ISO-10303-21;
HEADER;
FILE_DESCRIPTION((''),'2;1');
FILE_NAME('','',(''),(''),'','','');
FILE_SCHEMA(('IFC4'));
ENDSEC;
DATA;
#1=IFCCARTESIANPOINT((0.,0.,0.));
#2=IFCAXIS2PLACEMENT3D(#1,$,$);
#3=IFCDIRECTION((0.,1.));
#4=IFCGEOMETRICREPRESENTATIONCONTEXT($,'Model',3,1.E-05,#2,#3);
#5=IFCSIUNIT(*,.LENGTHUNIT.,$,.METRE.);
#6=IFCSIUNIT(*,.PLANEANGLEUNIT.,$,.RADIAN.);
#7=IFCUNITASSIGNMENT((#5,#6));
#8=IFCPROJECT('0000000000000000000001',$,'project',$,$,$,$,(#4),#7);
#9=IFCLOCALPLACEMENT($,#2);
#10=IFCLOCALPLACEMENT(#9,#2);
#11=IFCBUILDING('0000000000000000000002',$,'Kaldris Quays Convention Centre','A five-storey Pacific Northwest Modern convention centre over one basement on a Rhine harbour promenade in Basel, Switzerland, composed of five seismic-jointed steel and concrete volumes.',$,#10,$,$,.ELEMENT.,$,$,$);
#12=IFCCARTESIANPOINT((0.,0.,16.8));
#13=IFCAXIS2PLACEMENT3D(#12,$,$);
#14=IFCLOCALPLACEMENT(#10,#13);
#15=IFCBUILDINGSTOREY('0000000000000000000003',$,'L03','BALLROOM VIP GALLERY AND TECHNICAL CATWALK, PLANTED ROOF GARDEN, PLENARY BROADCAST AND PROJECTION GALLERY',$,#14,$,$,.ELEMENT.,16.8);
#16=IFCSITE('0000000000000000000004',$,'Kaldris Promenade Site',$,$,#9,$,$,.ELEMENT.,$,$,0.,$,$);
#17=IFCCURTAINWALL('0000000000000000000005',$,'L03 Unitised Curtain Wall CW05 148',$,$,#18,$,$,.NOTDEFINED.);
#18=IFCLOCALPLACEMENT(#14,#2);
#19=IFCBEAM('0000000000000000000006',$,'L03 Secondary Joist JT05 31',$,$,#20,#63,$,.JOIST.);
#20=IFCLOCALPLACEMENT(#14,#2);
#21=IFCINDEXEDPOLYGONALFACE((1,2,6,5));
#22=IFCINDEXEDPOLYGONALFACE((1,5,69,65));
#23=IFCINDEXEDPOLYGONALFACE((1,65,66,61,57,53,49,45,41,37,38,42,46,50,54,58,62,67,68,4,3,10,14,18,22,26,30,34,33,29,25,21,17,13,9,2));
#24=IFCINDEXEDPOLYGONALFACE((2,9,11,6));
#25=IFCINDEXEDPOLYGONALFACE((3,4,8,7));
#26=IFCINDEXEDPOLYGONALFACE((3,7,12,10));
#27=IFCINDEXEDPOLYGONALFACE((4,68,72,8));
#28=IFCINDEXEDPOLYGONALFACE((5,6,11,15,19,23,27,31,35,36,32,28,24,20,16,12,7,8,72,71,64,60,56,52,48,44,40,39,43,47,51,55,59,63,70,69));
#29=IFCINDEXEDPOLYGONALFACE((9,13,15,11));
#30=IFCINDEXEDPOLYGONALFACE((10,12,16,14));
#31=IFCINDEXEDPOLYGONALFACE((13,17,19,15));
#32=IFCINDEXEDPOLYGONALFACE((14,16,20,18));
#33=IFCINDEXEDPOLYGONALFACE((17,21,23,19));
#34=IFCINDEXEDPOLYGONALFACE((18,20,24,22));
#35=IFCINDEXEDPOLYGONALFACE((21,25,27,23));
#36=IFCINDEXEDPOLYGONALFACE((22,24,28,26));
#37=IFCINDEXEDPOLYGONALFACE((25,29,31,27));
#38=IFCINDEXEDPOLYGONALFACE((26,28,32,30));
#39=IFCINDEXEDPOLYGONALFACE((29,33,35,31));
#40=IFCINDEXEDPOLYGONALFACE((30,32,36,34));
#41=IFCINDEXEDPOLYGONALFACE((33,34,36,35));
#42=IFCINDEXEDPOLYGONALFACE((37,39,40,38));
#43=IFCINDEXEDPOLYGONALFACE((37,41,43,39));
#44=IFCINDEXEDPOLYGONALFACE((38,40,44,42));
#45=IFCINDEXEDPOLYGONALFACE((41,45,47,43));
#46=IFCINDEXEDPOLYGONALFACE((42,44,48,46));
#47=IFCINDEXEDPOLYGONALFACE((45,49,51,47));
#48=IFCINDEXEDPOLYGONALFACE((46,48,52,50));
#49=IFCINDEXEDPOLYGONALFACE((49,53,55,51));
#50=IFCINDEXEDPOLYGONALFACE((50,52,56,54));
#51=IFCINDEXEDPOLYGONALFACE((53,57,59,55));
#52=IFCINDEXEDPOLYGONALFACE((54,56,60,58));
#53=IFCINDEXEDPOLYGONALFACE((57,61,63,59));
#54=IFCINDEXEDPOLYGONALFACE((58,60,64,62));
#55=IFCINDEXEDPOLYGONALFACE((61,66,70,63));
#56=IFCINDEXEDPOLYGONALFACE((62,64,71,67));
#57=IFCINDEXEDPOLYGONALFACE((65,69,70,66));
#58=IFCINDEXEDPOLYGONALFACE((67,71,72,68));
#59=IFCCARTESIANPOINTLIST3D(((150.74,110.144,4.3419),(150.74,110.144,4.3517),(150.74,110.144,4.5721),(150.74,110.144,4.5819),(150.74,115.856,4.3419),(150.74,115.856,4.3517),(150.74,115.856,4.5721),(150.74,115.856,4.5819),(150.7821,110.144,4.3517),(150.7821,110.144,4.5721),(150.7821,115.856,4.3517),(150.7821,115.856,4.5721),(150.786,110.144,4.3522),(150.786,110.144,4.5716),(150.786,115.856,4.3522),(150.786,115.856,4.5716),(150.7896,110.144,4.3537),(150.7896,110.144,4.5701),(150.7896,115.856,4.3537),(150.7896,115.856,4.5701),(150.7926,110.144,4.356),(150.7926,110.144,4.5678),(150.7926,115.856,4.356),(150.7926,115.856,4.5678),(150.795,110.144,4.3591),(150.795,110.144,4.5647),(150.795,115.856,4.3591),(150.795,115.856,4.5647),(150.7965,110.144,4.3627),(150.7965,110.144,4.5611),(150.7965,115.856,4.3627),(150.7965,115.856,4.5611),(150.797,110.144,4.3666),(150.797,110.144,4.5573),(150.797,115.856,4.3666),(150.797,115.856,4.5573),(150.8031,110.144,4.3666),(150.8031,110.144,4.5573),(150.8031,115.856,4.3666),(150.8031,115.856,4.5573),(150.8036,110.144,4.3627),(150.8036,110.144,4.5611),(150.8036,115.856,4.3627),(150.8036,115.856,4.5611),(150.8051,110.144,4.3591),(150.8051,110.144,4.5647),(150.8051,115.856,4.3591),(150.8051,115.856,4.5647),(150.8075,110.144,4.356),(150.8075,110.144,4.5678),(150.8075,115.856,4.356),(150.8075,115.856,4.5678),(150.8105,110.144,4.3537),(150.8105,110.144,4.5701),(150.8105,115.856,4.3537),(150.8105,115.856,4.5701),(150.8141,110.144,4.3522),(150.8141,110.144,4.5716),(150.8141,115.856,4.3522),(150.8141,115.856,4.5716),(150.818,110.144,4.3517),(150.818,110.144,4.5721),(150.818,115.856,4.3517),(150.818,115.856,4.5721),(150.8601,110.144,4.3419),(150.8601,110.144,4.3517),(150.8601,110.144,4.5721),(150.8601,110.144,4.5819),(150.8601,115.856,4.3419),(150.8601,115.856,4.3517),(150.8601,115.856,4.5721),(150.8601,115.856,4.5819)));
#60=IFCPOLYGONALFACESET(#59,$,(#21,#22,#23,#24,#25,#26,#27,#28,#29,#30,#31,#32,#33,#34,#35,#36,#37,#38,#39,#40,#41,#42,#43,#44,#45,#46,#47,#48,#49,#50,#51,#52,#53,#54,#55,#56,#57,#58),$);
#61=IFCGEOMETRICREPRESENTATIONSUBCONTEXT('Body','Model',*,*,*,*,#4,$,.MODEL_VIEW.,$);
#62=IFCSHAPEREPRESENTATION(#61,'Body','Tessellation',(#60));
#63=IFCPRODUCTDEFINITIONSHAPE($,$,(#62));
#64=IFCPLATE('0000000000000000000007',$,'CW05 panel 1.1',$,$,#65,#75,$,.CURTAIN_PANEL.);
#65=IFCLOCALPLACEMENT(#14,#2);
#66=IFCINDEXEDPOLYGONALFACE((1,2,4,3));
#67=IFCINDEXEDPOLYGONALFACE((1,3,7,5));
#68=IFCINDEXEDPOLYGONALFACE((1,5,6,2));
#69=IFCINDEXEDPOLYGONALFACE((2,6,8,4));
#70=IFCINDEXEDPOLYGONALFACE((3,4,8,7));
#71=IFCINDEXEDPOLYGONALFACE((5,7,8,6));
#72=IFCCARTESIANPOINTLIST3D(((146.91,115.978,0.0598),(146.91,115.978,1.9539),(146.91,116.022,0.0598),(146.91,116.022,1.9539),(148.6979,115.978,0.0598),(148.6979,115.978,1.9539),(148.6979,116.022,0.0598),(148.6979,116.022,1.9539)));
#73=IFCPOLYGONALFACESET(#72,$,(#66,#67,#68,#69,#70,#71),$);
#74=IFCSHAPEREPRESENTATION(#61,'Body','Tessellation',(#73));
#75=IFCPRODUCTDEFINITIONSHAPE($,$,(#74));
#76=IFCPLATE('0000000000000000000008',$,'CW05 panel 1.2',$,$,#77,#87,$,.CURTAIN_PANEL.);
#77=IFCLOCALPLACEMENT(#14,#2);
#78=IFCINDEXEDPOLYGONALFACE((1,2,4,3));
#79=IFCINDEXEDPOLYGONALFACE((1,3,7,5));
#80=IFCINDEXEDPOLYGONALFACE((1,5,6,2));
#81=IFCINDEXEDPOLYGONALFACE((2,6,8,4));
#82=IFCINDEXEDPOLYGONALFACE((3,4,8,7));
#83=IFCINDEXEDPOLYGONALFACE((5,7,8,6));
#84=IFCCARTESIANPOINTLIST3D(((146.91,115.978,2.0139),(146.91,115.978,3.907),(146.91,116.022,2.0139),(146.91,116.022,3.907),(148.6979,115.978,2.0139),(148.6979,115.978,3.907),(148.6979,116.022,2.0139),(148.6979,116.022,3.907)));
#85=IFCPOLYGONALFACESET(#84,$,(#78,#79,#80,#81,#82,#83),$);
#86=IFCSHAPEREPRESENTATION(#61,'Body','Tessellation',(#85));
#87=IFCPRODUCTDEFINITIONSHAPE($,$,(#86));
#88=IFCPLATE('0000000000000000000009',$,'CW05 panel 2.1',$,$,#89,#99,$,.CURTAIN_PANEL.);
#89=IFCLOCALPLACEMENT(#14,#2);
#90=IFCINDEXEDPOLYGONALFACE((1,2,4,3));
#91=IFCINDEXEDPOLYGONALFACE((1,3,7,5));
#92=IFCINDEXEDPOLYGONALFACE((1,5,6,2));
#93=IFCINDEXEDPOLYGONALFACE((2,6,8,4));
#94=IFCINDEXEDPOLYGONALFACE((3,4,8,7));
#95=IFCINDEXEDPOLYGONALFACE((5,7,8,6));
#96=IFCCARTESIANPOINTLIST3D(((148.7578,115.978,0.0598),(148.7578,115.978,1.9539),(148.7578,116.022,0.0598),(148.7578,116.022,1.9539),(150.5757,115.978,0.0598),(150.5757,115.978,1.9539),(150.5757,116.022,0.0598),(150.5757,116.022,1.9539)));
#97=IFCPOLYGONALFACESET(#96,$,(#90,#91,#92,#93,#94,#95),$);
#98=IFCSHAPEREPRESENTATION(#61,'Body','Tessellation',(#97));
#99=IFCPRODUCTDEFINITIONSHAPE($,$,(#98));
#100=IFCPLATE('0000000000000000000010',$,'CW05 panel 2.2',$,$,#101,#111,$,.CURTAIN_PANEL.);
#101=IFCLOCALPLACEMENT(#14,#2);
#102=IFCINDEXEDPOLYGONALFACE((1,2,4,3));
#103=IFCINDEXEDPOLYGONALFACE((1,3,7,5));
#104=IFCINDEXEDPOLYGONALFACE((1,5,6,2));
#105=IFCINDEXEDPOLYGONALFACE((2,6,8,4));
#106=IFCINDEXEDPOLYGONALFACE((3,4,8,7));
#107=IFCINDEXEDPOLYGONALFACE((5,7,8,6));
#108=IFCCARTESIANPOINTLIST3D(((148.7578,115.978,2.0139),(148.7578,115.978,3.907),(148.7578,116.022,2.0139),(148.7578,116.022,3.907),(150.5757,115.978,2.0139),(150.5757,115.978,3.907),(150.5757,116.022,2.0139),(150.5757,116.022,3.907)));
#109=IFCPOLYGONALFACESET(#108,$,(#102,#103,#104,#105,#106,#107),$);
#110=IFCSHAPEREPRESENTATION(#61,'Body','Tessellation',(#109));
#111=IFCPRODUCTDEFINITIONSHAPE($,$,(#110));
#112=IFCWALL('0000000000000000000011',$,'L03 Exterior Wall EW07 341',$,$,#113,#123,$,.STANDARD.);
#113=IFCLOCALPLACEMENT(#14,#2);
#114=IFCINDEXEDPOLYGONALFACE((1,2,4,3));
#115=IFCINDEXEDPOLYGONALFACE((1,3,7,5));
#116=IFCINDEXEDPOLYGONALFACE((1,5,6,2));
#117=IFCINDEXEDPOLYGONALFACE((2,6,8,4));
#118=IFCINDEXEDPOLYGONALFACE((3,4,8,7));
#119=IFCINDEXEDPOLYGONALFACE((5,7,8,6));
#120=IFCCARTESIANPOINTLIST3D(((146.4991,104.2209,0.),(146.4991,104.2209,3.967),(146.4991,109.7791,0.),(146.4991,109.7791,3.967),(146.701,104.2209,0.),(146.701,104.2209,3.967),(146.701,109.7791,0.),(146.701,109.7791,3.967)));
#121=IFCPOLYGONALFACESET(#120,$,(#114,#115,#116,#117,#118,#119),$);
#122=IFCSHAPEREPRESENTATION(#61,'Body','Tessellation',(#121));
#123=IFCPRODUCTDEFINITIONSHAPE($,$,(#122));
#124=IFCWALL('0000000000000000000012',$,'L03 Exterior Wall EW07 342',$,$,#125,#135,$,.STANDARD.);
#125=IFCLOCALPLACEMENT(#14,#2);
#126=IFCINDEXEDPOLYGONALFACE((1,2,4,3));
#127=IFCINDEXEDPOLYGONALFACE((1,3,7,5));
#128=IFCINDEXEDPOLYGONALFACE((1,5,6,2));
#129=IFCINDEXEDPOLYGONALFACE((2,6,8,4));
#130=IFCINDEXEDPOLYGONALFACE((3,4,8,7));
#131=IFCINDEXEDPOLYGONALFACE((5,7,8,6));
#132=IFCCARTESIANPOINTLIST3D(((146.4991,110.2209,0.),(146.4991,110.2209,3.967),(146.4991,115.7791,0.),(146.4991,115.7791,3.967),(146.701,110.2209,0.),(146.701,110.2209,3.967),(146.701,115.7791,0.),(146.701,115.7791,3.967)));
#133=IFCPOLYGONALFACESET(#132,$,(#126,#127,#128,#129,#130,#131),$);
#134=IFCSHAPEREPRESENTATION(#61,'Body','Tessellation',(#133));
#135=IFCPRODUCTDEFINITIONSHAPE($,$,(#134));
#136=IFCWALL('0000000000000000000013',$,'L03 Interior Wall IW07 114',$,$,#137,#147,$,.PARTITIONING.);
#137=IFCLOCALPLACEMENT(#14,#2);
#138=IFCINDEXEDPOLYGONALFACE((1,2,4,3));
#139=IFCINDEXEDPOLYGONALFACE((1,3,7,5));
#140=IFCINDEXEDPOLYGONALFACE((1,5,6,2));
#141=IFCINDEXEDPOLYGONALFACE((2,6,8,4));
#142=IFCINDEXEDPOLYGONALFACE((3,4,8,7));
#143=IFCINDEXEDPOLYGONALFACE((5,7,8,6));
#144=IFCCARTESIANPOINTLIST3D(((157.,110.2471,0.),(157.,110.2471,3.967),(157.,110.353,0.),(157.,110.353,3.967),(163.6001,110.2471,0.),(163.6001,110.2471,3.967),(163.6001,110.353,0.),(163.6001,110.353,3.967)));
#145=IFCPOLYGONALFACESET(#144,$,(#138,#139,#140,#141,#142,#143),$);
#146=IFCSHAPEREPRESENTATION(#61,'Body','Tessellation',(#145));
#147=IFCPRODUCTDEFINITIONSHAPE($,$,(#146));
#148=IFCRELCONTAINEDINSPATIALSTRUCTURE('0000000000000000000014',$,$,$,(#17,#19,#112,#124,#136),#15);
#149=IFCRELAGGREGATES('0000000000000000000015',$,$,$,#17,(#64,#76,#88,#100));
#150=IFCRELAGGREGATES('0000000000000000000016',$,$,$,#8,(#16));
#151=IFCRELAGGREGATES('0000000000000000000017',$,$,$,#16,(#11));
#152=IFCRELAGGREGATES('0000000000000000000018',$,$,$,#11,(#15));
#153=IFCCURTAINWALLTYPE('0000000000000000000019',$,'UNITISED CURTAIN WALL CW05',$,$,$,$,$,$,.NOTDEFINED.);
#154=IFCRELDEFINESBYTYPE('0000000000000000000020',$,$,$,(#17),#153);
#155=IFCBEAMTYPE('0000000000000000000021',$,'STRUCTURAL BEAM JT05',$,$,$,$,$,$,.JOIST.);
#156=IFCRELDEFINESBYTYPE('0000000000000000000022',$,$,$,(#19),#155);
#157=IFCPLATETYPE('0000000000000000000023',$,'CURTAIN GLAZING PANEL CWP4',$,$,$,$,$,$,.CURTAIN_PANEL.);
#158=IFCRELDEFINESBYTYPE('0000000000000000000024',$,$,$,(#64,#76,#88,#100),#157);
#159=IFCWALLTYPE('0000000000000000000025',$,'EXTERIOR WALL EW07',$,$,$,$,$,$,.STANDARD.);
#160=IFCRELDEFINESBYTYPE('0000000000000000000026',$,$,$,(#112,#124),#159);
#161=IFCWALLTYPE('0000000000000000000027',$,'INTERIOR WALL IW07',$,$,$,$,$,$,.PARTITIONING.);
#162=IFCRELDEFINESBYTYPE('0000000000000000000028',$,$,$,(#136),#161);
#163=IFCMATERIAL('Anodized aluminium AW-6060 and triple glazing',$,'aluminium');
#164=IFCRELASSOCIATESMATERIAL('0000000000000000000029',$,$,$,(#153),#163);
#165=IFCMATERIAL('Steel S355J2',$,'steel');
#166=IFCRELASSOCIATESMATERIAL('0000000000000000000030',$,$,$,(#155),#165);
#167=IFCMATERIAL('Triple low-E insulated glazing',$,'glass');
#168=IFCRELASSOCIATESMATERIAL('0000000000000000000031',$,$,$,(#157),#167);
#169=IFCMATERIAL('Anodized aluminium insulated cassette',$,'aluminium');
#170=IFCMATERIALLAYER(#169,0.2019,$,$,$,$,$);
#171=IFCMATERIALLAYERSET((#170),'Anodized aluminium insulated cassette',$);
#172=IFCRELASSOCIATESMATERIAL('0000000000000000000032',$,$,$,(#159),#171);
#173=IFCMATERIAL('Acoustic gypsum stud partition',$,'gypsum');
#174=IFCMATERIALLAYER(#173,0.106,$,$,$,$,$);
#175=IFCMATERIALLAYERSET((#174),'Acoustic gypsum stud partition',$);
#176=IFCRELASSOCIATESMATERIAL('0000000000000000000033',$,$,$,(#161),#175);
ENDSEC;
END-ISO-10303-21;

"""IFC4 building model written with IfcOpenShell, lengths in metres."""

from ifc_helpers import new_model, si_unit, direction, frame, frame_2d, origin, origin_2d, place, context, subcontext, project, spatial, rectangle, i_section, extrude, material, layer, layer_set, material_profile, profile_set, type_object, element, aggregate, save


model = new_model("IFC4")

# Units and contexts
model_context = context("Model", 3, precision=1e-05, world=origin(), true_north=direction((0.0, 1.0)))
body_context = subcontext(model_context, "Body", "Model", "MODEL_VIEW")
ifc_project = project(units=[si_unit("LENGTHUNIT", "METRE"), si_unit("PLANEANGLEUNIT", "RADIAN")], contexts=[model_context])

# Site, building, storey
site_placement = place(None, origin())
site = spatial("IfcSite", under=ifc_project, at=site_placement, Name="Kaldris Promenade Site", CompositionType="ELEMENT", RefElevation=0.0)
building_placement = place(site_placement, origin())
building = spatial("IfcBuilding", under=site, at=building_placement, Name="Kaldris Quays Convention Centre", Description="A five-storey Pacific Northwest Modern convention centre over one basement on a Rhine harbour promenade in Basel, Switzerland, composed of five seismic-jointed steel and concrete volumes.", CompositionType="ELEMENT")
storey_placement = place(building_placement, frame((0.0, 0.0, 16.8)))
storey = spatial("IfcBuildingStorey", under=building, at=storey_placement, Name="L03", Description="BALLROOM VIP GALLERY AND TECHNICAL CATWALK, PLANTED ROOF GARDEN, PLENARY BROADCAST AND PROJECTION GALLERY", CompositionType="ELEMENT", Elevation=16.8)

# Shared definitions
ifc_material_1 = material(Name="Steel S355J2", Category="steel")

# Curtain wall
ifc_material_2 = material(Name="Anodized aluminium AW-6060 and triple glazing", Category="aluminium")
curtain_wall_type = type_object("IfcCurtainWallType", Name="UNITISED CURTAIN WALL CW05", PredefinedType="NOTDEFINED", material=ifc_material_2)
curtain_wall_placement = place(storey_placement, origin())
curtain_wall = element("IfcCurtainWall", 1, at=curtain_wall_placement, inside=storey, type_object=curtain_wall_type, Name="L03 Unitised Curtain Wall CW05 148", PredefinedType="NOTDEFINED")

# Beam
ifc_material_profile_1 = material_profile(ifc_material_1, i_section(OverallWidth=0.1201, OverallDepth=0.24, WebThickness=0.0061, FlangeThickness=0.0098, FilletRadius=0.0149, at=origin_2d()), Name="IPE 240")
ifc_profile_set_1 = profile_set([ifc_material_profile_1], Name="Steel S355J2")
beam_type_1 = type_object("IfcBeamType", Name="STRUCTURAL BEAM JT05", PredefinedType="JOIST", material=ifc_profile_set_1)
for number, where, z_axis, x_axis, name in (
    (2, (150.8, 110.144, 4.4619), (0.0, 1.0, 0.0), (-1.0, 0.0, 0.0), "L03 Secondary Joist JT05 31"),
):
    element("IfcBeam", number, at=place(storey_placement, frame(where, z_axis=z_axis, x_axis=x_axis)), inside=storey, type_object=beam_type_1, Name=name, PredefinedType="JOIST", context=body_context, shape_type="SweptSolid", body=[
        extrude(i_section(OverallWidth=0.1201, OverallDepth=0.24, WebThickness=0.0061, FlangeThickness=0.0098, FilletRadius=0.0149, at=origin_2d()), origin(), (0.0, 0.0, 1.0), 5.7119),
    ])

# Plates
ifc_material_3 = material(Name="Triple low-E insulated glazing", Category="glass")
plate_type = type_object("IfcPlateType", Name="CURTAIN GLAZING PANEL CWP4", PredefinedType="CURTAIN_PANEL", material=ifc_material_3)
plate_1_placement = place(storey_placement, frame((147.804, 116.0, 0.0598), z_axis=(0.0, 0.0, 1.0), x_axis=(1.0, 0.0, 0.0)))
plate_1 = element("IfcPlate", 3, at=plate_1_placement, type_object=plate_type, Name="CW05 panel 1.1", PredefinedType="CURTAIN_PANEL", context=body_context, shape_type="SweptSolid", body=[
    extrude(rectangle(XDim=1.7878, YDim=0.0439, at=origin_2d()), origin(), (0.0, 0.0, 1.0), 1.894),
])
plate_2_placement = place(storey_placement, frame((147.804, 116.0, 2.0139), z_axis=(0.0, 0.0, 1.0), x_axis=(1.0, 0.0, 0.0)))
plate_2 = element("IfcPlate", 4, at=plate_2_placement, type_object=plate_type, Name="CW05 panel 1.2", PredefinedType="CURTAIN_PANEL", context=body_context, shape_type="SweptSolid", body=[
    extrude(rectangle(XDim=1.7878, YDim=0.0439, at=origin_2d()), origin(), (0.0, 0.0, 1.0), 1.8931),
])
plate_3_placement = place(storey_placement, frame((149.6667, 116.0, 0.0598), z_axis=(0.0, 0.0, 1.0), x_axis=(1.0, 0.0, 0.0)))
plate_3 = element("IfcPlate", 5, at=plate_3_placement, type_object=plate_type, Name="CW05 panel 2.1", PredefinedType="CURTAIN_PANEL", context=body_context, shape_type="SweptSolid", body=[
    extrude(rectangle(XDim=1.8179, YDim=0.0439, at=origin_2d()), origin(), (0.0, 0.0, 1.0), 1.894),
])
plate_4_placement = place(storey_placement, frame((149.6667, 116.0, 2.0139), z_axis=(0.0, 0.0, 1.0), x_axis=(1.0, 0.0, 0.0)))
plate_4 = element("IfcPlate", 6, at=plate_4_placement, type_object=plate_type, Name="CW05 panel 2.2", PredefinedType="CURTAIN_PANEL", context=body_context, shape_type="SweptSolid", body=[
    extrude(rectangle(XDim=1.8179, YDim=0.0439, at=origin_2d()), origin(), (0.0, 0.0, 1.0), 1.8931),
])
aggregate(curtain_wall, [plate_1, plate_2, plate_3, plate_4])

# Walls
ifc_material_4 = material(Name="Anodized aluminium insulated cassette", Category="aluminium")
ifc_layer_1 = layer(ifc_material_4, 0.2019)
ifc_layer_set_1 = layer_set([ifc_layer_1], Name="Anodized aluminium insulated cassette")
wall_type_1 = type_object("IfcWallType", Name="EXTERIOR WALL EW07", PredefinedType="STANDARD", material=ifc_layer_set_1)
for number, where, z_axis, x_axis, name in (
    (7, (146.6001, 104.2209, 0.0), (0.0, 0.0, 1.0), (0.0, 1.0, 0.0), "L03 Exterior Wall EW07 341"),
    (8, (146.6001, 110.2209, 0.0), (0.0, 0.0, 1.0), (0.0, 1.0, 0.0), "L03 Exterior Wall EW07 342"),
):
    element("IfcWall", number, at=place(storey_placement, frame(where, z_axis=z_axis, x_axis=x_axis)), inside=storey, type_object=wall_type_1, Name=name, PredefinedType="STANDARD", context=body_context, shape_type="SweptSolid", body=[
        extrude(rectangle(XDim=5.5581, YDim=0.2019, at=frame_2d((2.7791, 0.0))), origin(), (0.0, 0.0, 1.0), 3.967),
    ])
ifc_material_5 = material(Name="Acoustic gypsum stud partition", Category="gypsum")
ifc_layer_2 = layer(ifc_material_5, 0.106)
ifc_layer_set_2 = layer_set([ifc_layer_2], Name="Acoustic gypsum stud partition")
wall_type_2 = type_object("IfcWallType", Name="INTERIOR WALL IW07", PredefinedType="PARTITIONING", material=ifc_layer_set_2)
wall_placement = place(storey_placement, frame((157.0, 110.3, 0.0), z_axis=(0.0, 0.0, 1.0), x_axis=(1.0, 0.0, 0.0)))
element("IfcWall", 9, at=wall_placement, inside=storey, type_object=wall_type_2, Name="L03 Interior Wall IW07 114", PredefinedType="PARTITIONING", context=body_context, shape_type="SweptSolid", body=[
    extrude(rectangle(XDim=6.6001, YDim=0.106, at=frame_2d((3.3, 0.0))), origin(), (0.0, 0.0, 1.0), 3.967),
])

save(model, "model.ifc")
